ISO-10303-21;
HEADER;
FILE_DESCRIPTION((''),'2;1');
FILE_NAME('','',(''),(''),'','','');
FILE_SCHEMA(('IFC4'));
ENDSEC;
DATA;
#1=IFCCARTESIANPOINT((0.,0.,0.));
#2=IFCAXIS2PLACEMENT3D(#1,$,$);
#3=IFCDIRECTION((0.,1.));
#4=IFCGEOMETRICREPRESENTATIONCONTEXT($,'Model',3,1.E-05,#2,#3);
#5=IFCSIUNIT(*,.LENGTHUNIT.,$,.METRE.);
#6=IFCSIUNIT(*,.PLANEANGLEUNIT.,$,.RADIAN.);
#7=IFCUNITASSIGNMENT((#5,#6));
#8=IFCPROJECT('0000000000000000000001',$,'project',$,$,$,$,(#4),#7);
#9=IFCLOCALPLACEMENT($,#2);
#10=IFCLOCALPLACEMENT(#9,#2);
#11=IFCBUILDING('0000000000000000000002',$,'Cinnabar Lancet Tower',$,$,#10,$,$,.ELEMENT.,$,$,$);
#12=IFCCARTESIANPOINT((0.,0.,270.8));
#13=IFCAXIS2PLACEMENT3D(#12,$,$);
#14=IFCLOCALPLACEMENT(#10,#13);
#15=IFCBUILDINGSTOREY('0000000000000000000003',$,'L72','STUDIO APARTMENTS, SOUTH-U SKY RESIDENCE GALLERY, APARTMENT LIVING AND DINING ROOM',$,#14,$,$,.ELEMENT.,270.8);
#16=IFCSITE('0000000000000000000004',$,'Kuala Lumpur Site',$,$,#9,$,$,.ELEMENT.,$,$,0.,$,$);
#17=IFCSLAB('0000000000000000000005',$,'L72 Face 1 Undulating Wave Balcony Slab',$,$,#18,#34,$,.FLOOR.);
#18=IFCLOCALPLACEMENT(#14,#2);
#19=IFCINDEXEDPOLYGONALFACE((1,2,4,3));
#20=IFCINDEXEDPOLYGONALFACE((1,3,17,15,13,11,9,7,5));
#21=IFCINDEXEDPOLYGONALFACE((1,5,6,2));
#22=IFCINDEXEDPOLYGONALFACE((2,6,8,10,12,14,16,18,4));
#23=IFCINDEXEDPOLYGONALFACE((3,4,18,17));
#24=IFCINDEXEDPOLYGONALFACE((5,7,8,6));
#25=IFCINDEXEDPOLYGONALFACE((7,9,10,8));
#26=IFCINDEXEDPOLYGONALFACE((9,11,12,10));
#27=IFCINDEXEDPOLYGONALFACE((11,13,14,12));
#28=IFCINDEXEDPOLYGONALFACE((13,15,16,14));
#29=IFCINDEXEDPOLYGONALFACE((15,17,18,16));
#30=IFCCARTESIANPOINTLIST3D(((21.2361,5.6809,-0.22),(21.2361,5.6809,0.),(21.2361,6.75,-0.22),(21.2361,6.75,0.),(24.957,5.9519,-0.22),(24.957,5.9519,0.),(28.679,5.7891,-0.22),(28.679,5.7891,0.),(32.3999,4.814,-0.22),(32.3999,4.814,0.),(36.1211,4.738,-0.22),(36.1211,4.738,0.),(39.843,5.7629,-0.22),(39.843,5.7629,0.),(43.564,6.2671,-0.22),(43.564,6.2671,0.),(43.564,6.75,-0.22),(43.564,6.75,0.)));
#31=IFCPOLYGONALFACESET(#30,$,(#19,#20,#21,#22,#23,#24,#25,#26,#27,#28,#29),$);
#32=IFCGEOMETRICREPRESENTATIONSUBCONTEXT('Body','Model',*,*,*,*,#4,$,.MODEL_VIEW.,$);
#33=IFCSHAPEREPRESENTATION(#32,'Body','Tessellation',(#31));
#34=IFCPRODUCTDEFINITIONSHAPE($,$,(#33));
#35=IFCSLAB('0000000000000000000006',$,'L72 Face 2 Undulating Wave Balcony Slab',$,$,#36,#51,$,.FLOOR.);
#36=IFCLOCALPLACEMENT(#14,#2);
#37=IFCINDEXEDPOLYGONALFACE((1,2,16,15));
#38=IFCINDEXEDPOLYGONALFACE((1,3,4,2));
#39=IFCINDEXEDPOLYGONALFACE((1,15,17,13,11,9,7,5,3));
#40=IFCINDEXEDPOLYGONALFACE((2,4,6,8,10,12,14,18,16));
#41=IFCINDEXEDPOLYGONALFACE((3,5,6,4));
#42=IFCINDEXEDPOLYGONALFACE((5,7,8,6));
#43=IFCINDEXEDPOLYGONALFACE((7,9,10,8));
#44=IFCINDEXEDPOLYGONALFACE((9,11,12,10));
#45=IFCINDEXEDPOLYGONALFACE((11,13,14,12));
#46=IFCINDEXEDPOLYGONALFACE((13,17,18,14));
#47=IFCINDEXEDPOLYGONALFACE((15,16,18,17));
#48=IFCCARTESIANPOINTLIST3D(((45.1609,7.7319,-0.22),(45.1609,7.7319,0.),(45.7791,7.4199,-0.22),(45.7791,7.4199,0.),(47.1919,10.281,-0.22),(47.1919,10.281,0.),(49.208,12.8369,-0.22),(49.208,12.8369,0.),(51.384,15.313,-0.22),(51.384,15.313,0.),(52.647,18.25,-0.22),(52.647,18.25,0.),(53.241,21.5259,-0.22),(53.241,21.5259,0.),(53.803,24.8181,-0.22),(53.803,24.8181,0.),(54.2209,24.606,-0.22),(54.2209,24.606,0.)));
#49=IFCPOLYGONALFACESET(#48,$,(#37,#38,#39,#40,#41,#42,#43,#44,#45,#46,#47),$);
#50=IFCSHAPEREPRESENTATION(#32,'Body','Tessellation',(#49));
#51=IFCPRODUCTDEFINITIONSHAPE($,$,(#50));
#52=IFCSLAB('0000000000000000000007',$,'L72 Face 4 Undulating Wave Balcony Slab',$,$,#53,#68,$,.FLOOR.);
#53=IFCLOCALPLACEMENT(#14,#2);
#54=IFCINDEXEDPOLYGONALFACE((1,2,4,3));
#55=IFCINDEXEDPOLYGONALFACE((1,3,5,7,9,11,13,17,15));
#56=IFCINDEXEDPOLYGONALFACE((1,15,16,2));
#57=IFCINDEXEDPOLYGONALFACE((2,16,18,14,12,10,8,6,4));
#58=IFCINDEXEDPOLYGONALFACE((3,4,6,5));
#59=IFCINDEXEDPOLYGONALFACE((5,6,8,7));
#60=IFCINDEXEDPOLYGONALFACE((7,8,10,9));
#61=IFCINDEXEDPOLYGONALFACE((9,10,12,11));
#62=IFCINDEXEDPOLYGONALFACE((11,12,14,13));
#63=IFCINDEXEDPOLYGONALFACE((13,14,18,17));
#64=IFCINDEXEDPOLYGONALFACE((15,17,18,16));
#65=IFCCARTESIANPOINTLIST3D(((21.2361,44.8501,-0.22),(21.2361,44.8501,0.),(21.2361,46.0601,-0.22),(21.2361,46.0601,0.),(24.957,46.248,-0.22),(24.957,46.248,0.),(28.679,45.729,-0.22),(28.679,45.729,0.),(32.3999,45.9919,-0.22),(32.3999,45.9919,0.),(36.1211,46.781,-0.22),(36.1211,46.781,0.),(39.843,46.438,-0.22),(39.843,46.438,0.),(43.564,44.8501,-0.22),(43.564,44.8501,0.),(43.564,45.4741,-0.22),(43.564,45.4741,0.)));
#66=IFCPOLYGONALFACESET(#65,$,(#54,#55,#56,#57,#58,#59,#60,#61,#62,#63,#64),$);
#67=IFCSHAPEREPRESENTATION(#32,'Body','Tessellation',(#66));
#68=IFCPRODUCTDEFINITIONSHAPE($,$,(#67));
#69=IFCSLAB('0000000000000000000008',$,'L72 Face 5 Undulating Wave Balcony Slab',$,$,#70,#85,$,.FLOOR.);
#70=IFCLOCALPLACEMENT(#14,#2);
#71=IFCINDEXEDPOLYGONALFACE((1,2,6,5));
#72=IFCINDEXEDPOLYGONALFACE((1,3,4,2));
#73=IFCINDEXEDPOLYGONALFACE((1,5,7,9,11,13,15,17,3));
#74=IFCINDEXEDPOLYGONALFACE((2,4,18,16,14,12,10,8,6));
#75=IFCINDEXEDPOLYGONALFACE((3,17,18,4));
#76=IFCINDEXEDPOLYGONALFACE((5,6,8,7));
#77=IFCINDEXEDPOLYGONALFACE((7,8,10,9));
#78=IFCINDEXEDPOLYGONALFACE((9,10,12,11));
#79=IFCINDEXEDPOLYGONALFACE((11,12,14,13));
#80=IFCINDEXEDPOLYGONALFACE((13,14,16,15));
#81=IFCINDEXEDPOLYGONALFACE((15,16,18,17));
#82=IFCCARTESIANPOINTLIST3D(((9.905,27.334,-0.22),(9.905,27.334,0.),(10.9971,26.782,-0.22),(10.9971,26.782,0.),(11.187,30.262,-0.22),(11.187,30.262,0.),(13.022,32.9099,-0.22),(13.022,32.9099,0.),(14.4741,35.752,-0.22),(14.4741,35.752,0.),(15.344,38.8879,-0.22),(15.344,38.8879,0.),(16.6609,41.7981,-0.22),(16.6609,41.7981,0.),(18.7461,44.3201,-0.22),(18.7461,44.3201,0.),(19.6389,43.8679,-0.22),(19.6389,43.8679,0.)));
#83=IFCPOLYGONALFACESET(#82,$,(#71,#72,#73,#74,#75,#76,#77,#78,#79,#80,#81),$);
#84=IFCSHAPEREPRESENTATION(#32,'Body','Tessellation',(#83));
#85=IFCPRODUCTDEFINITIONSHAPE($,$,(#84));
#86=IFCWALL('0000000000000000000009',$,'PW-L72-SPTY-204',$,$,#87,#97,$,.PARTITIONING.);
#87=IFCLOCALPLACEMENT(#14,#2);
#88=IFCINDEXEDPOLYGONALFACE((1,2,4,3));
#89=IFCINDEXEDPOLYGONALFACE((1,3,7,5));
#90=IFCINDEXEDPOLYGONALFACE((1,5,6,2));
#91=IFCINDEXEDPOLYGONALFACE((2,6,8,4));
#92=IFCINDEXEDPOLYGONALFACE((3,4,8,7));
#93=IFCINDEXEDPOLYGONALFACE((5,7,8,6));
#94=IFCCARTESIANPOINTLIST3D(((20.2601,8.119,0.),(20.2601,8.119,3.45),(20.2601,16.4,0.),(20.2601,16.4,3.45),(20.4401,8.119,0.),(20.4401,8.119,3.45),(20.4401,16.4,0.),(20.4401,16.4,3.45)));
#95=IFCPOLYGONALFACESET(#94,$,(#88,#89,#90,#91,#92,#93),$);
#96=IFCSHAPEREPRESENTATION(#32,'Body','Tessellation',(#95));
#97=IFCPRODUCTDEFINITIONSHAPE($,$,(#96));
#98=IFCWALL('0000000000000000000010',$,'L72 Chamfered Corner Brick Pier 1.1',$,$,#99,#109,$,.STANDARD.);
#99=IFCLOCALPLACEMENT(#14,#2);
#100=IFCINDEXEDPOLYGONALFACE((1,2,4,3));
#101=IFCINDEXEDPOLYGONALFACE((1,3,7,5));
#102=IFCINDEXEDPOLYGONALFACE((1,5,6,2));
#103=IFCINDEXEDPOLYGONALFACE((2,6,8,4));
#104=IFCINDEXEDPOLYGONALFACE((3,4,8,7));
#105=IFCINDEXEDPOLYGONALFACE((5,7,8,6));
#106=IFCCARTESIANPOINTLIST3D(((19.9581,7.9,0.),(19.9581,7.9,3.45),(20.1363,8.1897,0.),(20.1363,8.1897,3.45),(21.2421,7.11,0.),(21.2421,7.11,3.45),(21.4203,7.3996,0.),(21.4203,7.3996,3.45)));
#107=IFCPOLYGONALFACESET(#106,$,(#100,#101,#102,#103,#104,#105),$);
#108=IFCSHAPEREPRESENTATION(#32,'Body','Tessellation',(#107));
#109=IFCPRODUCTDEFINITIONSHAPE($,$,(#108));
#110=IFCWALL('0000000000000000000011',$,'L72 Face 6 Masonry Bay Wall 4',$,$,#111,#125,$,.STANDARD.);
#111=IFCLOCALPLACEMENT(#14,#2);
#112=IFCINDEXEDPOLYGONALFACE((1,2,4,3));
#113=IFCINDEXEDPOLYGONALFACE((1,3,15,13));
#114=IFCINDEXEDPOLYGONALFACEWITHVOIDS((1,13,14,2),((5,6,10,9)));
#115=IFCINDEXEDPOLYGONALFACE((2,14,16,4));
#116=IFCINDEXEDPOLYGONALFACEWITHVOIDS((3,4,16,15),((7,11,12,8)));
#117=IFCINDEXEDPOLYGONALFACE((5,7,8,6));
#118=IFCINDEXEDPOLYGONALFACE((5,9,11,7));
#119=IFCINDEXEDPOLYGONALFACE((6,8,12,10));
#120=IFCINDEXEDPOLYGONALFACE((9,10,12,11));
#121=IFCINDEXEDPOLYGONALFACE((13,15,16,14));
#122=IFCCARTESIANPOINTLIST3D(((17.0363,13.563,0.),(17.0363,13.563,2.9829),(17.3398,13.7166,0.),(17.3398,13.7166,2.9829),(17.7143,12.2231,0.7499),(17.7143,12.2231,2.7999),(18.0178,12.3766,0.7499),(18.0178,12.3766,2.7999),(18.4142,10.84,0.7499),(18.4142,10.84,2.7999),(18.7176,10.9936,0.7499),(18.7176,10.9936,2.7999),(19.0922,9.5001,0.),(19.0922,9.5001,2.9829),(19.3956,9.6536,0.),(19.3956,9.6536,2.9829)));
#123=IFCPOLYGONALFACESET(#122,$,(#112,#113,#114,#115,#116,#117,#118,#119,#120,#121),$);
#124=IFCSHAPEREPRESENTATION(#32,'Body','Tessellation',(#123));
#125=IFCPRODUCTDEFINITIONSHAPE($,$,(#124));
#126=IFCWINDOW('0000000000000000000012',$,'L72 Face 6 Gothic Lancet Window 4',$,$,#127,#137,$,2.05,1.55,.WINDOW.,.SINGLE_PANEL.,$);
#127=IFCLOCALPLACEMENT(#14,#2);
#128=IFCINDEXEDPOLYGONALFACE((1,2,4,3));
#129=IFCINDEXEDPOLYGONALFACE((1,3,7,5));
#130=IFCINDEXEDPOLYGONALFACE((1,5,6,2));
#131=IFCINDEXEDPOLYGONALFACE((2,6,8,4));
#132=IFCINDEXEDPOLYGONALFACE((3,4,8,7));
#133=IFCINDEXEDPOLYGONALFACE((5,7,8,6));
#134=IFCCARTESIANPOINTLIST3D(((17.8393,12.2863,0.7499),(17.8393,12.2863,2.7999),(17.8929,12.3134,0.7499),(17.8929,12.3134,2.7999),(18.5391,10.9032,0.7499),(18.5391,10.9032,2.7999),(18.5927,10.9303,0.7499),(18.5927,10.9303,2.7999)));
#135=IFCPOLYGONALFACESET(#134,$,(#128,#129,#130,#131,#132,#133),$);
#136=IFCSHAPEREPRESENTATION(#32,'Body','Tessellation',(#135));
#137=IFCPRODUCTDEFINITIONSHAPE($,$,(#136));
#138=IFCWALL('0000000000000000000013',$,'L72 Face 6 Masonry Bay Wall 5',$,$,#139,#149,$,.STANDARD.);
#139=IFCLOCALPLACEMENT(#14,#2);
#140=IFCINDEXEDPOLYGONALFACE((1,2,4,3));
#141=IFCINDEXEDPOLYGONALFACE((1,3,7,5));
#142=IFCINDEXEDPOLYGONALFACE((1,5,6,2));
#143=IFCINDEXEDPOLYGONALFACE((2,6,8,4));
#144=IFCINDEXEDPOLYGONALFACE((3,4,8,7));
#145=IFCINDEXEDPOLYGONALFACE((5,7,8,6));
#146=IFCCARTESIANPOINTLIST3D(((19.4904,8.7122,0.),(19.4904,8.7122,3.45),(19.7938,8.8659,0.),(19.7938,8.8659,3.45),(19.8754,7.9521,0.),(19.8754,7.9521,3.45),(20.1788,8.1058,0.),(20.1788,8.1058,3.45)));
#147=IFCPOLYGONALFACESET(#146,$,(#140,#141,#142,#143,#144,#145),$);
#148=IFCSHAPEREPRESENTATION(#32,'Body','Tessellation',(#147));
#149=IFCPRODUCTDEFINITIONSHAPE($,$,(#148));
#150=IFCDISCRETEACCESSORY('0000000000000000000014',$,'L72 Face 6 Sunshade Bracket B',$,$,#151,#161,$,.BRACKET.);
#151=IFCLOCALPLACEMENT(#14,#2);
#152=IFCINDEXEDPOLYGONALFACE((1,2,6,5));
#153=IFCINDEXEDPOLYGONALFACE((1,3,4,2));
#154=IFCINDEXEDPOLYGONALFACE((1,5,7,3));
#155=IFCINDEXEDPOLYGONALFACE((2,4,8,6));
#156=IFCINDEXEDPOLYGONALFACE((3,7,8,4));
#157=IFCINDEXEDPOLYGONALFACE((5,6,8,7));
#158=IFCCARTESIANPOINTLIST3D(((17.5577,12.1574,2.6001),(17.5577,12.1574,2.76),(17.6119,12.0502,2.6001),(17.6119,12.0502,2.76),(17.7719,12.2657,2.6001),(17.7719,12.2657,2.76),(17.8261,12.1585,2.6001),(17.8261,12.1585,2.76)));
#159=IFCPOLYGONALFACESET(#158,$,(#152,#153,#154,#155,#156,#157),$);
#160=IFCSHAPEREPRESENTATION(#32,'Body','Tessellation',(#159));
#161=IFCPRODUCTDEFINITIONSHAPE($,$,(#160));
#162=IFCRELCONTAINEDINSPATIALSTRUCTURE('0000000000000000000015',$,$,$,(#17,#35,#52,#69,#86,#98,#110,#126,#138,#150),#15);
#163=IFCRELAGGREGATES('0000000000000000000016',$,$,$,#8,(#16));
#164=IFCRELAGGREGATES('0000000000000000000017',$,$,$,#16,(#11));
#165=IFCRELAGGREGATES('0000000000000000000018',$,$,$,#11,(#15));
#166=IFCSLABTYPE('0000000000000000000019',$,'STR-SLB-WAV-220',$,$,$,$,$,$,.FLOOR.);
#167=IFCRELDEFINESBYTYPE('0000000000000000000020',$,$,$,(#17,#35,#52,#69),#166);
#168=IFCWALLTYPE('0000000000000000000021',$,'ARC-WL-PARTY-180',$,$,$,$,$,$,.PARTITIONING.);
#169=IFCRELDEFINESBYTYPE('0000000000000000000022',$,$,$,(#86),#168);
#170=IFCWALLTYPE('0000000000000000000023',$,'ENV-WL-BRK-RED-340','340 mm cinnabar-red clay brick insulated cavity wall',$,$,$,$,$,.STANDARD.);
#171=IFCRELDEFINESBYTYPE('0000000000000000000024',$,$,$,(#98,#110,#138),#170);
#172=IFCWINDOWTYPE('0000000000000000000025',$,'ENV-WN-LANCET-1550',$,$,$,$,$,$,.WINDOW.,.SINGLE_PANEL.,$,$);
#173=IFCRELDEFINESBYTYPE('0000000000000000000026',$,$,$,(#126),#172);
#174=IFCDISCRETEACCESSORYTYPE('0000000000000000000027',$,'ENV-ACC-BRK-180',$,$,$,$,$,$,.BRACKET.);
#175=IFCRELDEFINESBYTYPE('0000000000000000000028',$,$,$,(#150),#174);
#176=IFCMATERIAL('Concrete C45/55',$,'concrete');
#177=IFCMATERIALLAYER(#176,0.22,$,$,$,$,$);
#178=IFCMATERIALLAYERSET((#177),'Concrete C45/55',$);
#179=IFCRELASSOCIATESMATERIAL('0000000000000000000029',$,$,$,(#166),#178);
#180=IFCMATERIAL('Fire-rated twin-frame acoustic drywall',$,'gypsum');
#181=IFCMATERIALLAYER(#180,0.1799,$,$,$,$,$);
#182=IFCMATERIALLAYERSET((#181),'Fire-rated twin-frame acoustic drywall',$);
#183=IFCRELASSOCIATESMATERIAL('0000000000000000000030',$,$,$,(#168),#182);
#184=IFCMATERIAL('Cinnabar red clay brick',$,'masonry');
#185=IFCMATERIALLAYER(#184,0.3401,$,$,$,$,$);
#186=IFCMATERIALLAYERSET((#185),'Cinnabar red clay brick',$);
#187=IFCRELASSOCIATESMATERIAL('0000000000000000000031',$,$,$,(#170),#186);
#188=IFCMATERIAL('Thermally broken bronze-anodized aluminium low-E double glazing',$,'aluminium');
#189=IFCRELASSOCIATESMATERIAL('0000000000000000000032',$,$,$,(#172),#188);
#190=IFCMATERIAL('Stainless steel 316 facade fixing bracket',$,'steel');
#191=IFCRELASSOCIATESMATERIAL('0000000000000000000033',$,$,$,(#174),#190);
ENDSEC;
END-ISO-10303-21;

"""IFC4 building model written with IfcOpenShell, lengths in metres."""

from ifc_helpers import new_model, si_unit, direction, frame, frame_2d, origin, origin_2d, place, context, subcontext, project, spatial, polyline, rectangle, outline, extrude, material, layer, layer_set, type_object, element, fill, save


model = new_model("IFC4")

# Units and contexts
model_context = context("Model", 3, precision=1e-05, world=origin(), true_north=direction((0.0, 1.0)))
body_context = subcontext(model_context, "Body", "Model", "MODEL_VIEW")
ifc_project = project(units=[si_unit("LENGTHUNIT", "METRE"), si_unit("PLANEANGLEUNIT", "RADIAN")], contexts=[model_context])

# Site, building, storey
site_placement = place(None, origin())
site = spatial("IfcSite", under=ifc_project, at=site_placement, Name="Kuala Lumpur Site", CompositionType="ELEMENT", RefElevation=0.0)
building_placement = place(site_placement, origin())
building = spatial("IfcBuilding", under=site, at=building_placement, Name="Cinnabar Lancet Tower", CompositionType="ELEMENT")
storey_placement = place(building_placement, frame((0.0, 0.0, 270.8)))
storey = spatial("IfcBuildingStorey", under=building, at=storey_placement, Name="L72", Description="STUDIO APARTMENTS, SOUTH-U SKY RESIDENCE GALLERY, APARTMENT LIVING AND DINING ROOM", CompositionType="ELEMENT", Elevation=270.8)

# Slabs
ifc_material_1 = material(Name="Concrete C45/55", Category="concrete")
ifc_layer_1 = layer(ifc_material_1, 0.22)
ifc_layer_set_1 = layer_set([ifc_layer_1], Name="Concrete C45/55")
slab_type_1 = type_object("IfcSlabType", Name="STR-SLB-WAV-220", PredefinedType="FLOOR", material=ifc_layer_set_1)
slab_1_placement = place(storey_placement, frame((0.0, 0.0, -0.22)))
element("IfcSlab", 1, at=slab_1_placement, inside=storey, type_object=slab_type_1, Name="L72 Face 1 Undulating Wave Balcony Slab", PredefinedType="FLOOR", context=body_context, shape_type="SweptSolid", body=[
    extrude(outline(polyline([(21.2361, 6.75), (21.2361, 5.6809), (24.957, 5.9519), (28.679, 5.7891), (32.3999, 4.814), (36.1211, 4.738), (39.843, 5.7629), (43.564, 6.2671), (43.564, 6.75), (21.2361, 6.75)])), origin(), (0.0, 0.0, 1.0), 0.22),
])
slab_2_placement = place(storey_placement, frame((0.0, 0.0, -0.22)))
element("IfcSlab", 2, at=slab_2_placement, inside=storey, type_object=slab_type_1, Name="L72 Face 2 Undulating Wave Balcony Slab", PredefinedType="FLOOR", context=body_context, shape_type="SweptSolid", body=[
    extrude(outline(polyline([(45.1609, 7.7319), (45.7791, 7.4199), (47.1919, 10.281), (49.208, 12.8369), (51.384, 15.313), (52.647, 18.25), (53.241, 21.5259), (54.2209, 24.606), (53.803, 24.8181), (45.1609, 7.7319)])), origin(), (0.0, 0.0, 1.0), 0.22),
])
slab_3_placement = place(storey_placement, frame((0.0, 0.0, -0.22)))
element("IfcSlab", 3, at=slab_3_placement, inside=storey, type_object=slab_type_1, Name="L72 Face 4 Undulating Wave Balcony Slab", PredefinedType="FLOOR", context=body_context, shape_type="SweptSolid", body=[
    extrude(outline(polyline([(43.564, 44.8501), (43.564, 45.4741), (39.843, 46.438), (36.1211, 46.781), (32.3999, 45.9919), (28.679, 45.729), (24.957, 46.248), (21.2361, 46.0601), (21.2361, 44.8501), (43.564, 44.8501)])), origin(), (0.0, 0.0, 1.0), 0.22),
])
slab_4_placement = place(storey_placement, frame((0.0, 0.0, -0.22)))
element("IfcSlab", 4, at=slab_4_placement, inside=storey, type_object=slab_type_1, Name="L72 Face 5 Undulating Wave Balcony Slab", PredefinedType="FLOOR", context=body_context, shape_type="SweptSolid", body=[
    extrude(outline(polyline([(19.6389, 43.8679), (18.7461, 44.3201), (16.6609, 41.7981), (15.344, 38.8879), (14.4741, 35.752), (13.022, 32.9099), (11.187, 30.262), (9.905, 27.334), (10.9971, 26.782), (19.6389, 43.8679)])), origin(), (0.0, 0.0, 1.0), 0.22),
])

# Walls
ifc_material_2 = material(Name="Fire-rated twin-frame acoustic drywall", Category="gypsum")
ifc_layer_2 = layer(ifc_material_2, 0.1799)
ifc_layer_set_2 = layer_set([ifc_layer_2], Name="Fire-rated twin-frame acoustic drywall")
wall_type_1 = type_object("IfcWallType", Name="ARC-WL-PARTY-180", PredefinedType="PARTITIONING", material=ifc_layer_set_2)
wall_1_placement = place(storey_placement, frame((20.3501, 8.1189, 0.0), z_axis=(0.0, 0.0, 1.0), x_axis=(0.0, 1.0, 0.0)))
element("IfcWall", 5, at=wall_1_placement, inside=storey, type_object=wall_type_1, Name="PW-L72-SPTY-204", PredefinedType="PARTITIONING", context=body_context, shape_type="SweptSolid", body=[
    extrude(rectangle(XDim=8.281, YDim=0.1799, at=frame_2d((4.1406, 0.0))), origin(), (0.0, 0.0, 1.0), 3.45),
])
ifc_material_3 = material(Name="Cinnabar red clay brick", Category="masonry")
ifc_layer_3 = layer(ifc_material_3, 0.3401)
ifc_layer_set_3 = layer_set([ifc_layer_3], Name="Cinnabar red clay brick")
wall_type_2 = type_object("IfcWallType", Name="ENV-WL-BRK-RED-340", Description="340 mm cinnabar-red clay brick insulated cavity wall", PredefinedType="STANDARD", material=ifc_layer_set_3)
wall_2_placement = place(storey_placement, frame((20.0471, 8.0449, 0.0), z_axis=(0.0, 0.0, 1.0), x_axis=(0.851681, -0.524061, 0.0)))
element("IfcWall", 6, at=wall_2_placement, inside=storey, type_object=wall_type_2, Name="L72 Chamfered Corner Brick Pier 1.1", PredefinedType="STANDARD", context=body_context, shape_type="SweptSolid", body=[
    extrude(rectangle(XDim=1.5076, YDim=0.3401, at=frame_2d((0.7539, 0.0))), origin(), (0.0, 0.0, 1.0), 3.45),
])

# Wall, opening, window
wall_3_placement = place(storey_placement, frame((17.188, 13.6399, 0.0), z_axis=(0.0, 0.0, 1.0), x_axis=(0.451498, -0.892272, 0.0)))
wall_3 = element("IfcWall", 7, at=wall_3_placement, inside=storey, type_object=wall_type_2, Name="L72 Face 6 Masonry Bay Wall 4", PredefinedType="STANDARD", context=body_context, shape_type="SweptSolid", body=[
    extrude(rectangle(XDim=4.5535, YDim=0.3401, at=frame_2d((2.2769, 0.0))), origin(), (0.0, 0.0, 1.0), 2.9829),
])
opening_placement = place(wall_3_placement, frame((1.502, 0.0, 0.75)))
opening = element("IfcOpeningElement", 8, at=opening_placement, cuts=wall_3, PredefinedType="OPENING", context=body_context, shape_type="SweptSolid", body=[
    extrude(rectangle(XDim=1.55, YDim=2.05, at=frame_2d((0.7749, 1.0249))), frame((0.0, 0.1799, 0.0), z_axis=(0.0, -1.0, 0.0), x_axis=(1.0, 0.0, 0.0)), (0.0, 0.0, 1.0), 0.3601),
])
ifc_material_4 = material(Name="Thermally broken bronze-anodized aluminium low-E double glazing", Category="aluminium")
window_type = type_object("IfcWindowType", Name="ENV-WN-LANCET-1550", PartitioningType="SINGLE_PANEL", PredefinedType="WINDOW", material=ifc_material_4)
window_placement = place(opening_placement, origin())
window = element("IfcWindow", 9, at=window_placement, inside=storey, type_object=window_type, Name="L72 Face 6 Gothic Lancet Window 4", OverallHeight=2.05, OverallWidth=1.55, PartitioningType="SINGLE_PANEL", PredefinedType="WINDOW", context=body_context, shape_type="SweptSolid", body=[
    extrude(rectangle(XDim=1.55, YDim=2.05, at=frame_2d((0.7749, 1.0249))), frame((0.0, 0.03, 0.0), z_axis=(0.0, -1.0, 0.0), x_axis=(1.0, 0.0, 0.0)), (0.0, 0.0, 1.0), 0.0601),
])
fill(opening, window)

# Wall
wall_4_placement = place(storey_placement, frame((19.6421, 8.7891, 0.0), z_axis=(0.0, 0.0, 1.0), x_axis=(0.451907, -0.892065, 0.0)))
element("IfcWall", 10, at=wall_4_placement, inside=storey, type_object=wall_type_2, Name="L72 Face 6 Masonry Bay Wall 5", PredefinedType="STANDARD", context=body_context, shape_type="SweptSolid", body=[
    extrude(rectangle(XDim=0.8521, YDim=0.3401, at=frame_2d((0.426, 0.0))), origin(), (0.0, 0.0, 1.0), 3.45),
])

# Discrete accessory
ifc_material_5 = material(Name="Stainless steel 316 facade fixing bracket", Category="steel")
discrete_accessory_type = type_object("IfcDiscreteAccessoryType", Name="ENV-ACC-BRK-180", PredefinedType="BRACKET", material=ifc_material_5)
discrete_accessory_placement = place(storey_placement, frame((17.6919, 12.158, 2.6001), z_axis=(0.0, 0.0, 1.0), x_axis=(0.451376, -0.892334, 0.0)))
element("IfcDiscreteAccessory", 11, at=discrete_accessory_placement, inside=storey, type_object=discrete_accessory_type, Name="L72 Face 6 Sunshade Bracket B", PredefinedType="BRACKET", context=body_context, shape_type="SweptSolid", body=[
    extrude(rectangle(XDim=0.1201, YDim=0.24, at=origin_2d()), origin(), (0.0, 0.0, 1.0), 0.1599),
])

save(model, "model.ifc")
